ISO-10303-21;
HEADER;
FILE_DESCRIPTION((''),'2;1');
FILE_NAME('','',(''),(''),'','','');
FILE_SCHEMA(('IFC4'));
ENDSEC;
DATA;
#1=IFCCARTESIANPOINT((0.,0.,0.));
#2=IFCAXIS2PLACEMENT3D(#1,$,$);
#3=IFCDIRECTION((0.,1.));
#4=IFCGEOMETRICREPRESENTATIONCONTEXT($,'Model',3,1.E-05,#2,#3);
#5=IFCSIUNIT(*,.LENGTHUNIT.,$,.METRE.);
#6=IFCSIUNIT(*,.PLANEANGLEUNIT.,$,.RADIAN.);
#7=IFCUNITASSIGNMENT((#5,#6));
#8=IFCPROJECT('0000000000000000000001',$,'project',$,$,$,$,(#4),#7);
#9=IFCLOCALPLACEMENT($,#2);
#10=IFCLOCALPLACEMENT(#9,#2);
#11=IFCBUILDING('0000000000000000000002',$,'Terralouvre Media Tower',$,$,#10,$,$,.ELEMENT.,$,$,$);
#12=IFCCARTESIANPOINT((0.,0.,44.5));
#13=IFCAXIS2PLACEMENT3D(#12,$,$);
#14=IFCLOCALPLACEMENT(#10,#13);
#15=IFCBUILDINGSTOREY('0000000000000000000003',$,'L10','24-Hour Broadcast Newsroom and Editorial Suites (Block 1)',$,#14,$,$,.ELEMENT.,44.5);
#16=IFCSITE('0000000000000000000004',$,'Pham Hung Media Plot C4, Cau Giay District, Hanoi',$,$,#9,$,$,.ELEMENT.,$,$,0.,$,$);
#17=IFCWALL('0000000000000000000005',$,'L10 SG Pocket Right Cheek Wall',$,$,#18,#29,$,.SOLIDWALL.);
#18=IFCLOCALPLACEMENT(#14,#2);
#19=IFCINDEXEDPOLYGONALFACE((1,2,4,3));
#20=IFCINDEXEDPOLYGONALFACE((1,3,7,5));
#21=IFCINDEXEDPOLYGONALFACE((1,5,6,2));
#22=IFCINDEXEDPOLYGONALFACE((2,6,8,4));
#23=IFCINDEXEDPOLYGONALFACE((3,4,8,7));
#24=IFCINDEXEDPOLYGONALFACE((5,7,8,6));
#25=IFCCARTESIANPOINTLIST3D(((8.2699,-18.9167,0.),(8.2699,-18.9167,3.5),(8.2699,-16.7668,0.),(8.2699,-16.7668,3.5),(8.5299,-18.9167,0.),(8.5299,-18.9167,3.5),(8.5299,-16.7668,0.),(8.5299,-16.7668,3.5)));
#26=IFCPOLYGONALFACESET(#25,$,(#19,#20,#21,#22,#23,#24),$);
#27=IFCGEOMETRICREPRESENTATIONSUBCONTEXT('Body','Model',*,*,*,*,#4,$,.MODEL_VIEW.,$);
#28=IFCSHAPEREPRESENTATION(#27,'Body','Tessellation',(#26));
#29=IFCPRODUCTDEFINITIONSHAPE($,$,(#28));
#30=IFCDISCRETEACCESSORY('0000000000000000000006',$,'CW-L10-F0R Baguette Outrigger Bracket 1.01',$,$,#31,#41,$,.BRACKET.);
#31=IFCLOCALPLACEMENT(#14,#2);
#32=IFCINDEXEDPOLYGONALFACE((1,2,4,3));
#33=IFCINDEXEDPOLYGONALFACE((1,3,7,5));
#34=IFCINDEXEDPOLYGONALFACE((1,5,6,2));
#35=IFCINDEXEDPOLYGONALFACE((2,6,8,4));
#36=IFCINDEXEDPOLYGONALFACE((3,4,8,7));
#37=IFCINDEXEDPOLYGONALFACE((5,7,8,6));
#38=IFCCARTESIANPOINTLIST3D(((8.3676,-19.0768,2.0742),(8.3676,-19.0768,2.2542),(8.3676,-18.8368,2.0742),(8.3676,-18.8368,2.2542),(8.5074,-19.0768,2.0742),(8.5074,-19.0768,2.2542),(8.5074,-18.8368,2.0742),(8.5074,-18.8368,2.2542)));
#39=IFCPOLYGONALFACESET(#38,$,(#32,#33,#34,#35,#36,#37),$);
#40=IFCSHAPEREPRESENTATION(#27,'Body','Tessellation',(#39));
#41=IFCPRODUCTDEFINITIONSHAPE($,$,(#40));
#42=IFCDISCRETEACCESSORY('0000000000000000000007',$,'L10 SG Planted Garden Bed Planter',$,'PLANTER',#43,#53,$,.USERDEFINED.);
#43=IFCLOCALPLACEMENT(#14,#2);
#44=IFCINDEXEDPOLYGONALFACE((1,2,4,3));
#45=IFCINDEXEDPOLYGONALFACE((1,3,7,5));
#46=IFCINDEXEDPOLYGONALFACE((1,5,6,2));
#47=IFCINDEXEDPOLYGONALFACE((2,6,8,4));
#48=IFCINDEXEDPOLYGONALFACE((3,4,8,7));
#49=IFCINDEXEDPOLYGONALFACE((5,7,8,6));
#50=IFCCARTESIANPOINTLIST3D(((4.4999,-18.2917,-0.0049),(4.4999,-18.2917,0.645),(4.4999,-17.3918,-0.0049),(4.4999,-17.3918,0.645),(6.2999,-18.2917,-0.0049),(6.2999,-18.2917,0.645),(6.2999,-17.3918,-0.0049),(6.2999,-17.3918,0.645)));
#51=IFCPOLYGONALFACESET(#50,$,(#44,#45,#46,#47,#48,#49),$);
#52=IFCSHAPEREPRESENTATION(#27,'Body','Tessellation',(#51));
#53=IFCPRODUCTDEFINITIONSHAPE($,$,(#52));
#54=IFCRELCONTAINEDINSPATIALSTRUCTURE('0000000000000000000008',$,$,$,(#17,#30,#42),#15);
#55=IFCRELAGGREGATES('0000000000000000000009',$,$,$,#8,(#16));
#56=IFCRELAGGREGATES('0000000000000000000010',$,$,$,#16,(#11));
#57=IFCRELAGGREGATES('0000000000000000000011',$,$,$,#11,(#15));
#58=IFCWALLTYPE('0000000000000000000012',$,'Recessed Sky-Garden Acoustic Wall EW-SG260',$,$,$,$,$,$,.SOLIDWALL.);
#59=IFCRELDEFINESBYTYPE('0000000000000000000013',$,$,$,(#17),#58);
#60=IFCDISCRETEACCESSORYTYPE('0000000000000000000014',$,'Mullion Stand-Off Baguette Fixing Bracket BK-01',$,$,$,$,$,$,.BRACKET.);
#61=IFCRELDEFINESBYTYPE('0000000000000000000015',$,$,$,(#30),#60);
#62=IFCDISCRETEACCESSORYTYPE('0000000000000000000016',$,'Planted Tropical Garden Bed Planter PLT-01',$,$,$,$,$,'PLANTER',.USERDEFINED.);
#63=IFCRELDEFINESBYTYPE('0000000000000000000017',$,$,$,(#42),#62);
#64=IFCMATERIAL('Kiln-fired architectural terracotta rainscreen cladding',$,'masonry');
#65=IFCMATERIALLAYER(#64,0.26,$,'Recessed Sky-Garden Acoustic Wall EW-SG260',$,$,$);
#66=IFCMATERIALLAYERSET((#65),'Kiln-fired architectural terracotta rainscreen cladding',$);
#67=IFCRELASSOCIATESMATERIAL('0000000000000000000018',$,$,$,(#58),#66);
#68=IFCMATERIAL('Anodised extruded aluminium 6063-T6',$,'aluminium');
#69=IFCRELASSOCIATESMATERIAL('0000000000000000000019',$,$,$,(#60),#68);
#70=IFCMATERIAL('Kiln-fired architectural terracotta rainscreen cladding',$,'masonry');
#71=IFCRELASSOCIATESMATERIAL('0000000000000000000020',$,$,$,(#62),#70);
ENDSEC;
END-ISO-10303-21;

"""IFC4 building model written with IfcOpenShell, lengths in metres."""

from ifc_helpers import new_model, si_unit, direction, frame, frame_2d, origin, origin_2d, place, context, subcontext, project, spatial, rectangle, extrude, material, layer, layer_set, type_object, element, save


model = new_model("IFC4")

# Units and contexts
model_context = context("Model", 3, precision=1e-05, world=origin(), true_north=direction((0.0, 1.0)))
body_context = subcontext(model_context, "Body", "Model", "MODEL_VIEW")
ifc_project = project(units=[si_unit("LENGTHUNIT", "METRE"), si_unit("PLANEANGLEUNIT", "RADIAN")], contexts=[model_context])

# Site, building, storey
site_placement = place(None, origin())
site = spatial("IfcSite", under=ifc_project, at=site_placement, Name="Pham Hung Media Plot C4, Cau Giay District, Hanoi", CompositionType="ELEMENT", RefElevation=0.0)
building_placement = place(site_placement, origin())
building = spatial("IfcBuilding", under=site, at=building_placement, Name="Terralouvre Media Tower", CompositionType="ELEMENT")
storey_placement = place(building_placement, frame((0.0, 0.0, 44.5)))
storey = spatial("IfcBuildingStorey", under=building, at=storey_placement, Name="L10", Description="24-Hour Broadcast Newsroom and Editorial Suites (Block 1)", CompositionType="ELEMENT", Elevation=44.5)

# Wall
ifc_material_1 = material(Name="Kiln-fired architectural terracotta rainscreen cladding", Category="masonry")
ifc_layer_1 = layer(ifc_material_1, 0.26, Name="Recessed Sky-Garden Acoustic Wall EW-SG260")
ifc_layer_set_1 = layer_set([ifc_layer_1], Name="Kiln-fired architectural terracotta rainscreen cladding")
wall_type_1 = type_object("IfcWallType", Name="Recessed Sky-Garden Acoustic Wall EW-SG260", PredefinedType="SOLIDWALL", material=ifc_layer_set_1)
wall_1_placement = place(storey_placement, frame((8.3999, -16.7668, 0.0), z_axis=(0.0, 0.0, 1.0), x_axis=(0.0, -1.0, 0.0)))
element("IfcWall", 1, at=wall_1_placement, inside=storey, type_object=wall_type_1, Name="L10 SG Pocket Right Cheek Wall", PredefinedType="SOLIDWALL", context=body_context, shape_type="SweptSolid", body=[
    extrude(rectangle(XDim=2.1499, YDim=0.26, at=frame_2d((1.075, 0.0))), origin(), (0.0, 0.0, 1.0), 3.5),
])

# Discrete accessories
ifc_material_2 = material(Name="Anodised extruded aluminium 6063-T6", Category="aluminium")
discrete_accessory_type_1 = type_object("IfcDiscreteAccessoryType", Name="Mullion Stand-Off Baguette Fixing Bracket BK-01", PredefinedType="BRACKET", material=ifc_material_2)
discrete_accessory_1_placement = place(storey_placement, frame((8.4375, -18.9568, 2.0742), z_axis=(0.0, 0.0, 1.0), x_axis=(1.0, 0.0, 0.0)))
element("IfcDiscreteAccessory", 2, at=discrete_accessory_1_placement, inside=storey, type_object=discrete_accessory_type_1, Name="CW-L10-F0R Baguette Outrigger Bracket 1.01", PredefinedType="BRACKET", context=body_context, shape_type="SweptSolid", body=[
    extrude(rectangle(XDim=0.1399, YDim=0.24, at=origin_2d()), origin(), (0.0, 0.0, 1.0), 0.1799),
])
ifc_material_3 = material(Name="Kiln-fired architectural terracotta rainscreen cladding", Category="masonry")
discrete_accessory_type_2 = type_object("IfcDiscreteAccessoryType", Name="Planted Tropical Garden Bed Planter PLT-01", ElementType="PLANTER", PredefinedType="USERDEFINED", material=ifc_material_3)
discrete_accessory_2_placement = place(storey_placement, frame((5.3999, -17.8418, -0.0049), z_axis=(0.0, 0.0, 1.0), x_axis=(1.0, 0.0, 0.0)))
element("IfcDiscreteAccessory", 3, at=discrete_accessory_2_placement, inside=storey, type_object=discrete_accessory_type_2, Name="L10 SG Planted Garden Bed Planter", ObjectType="PLANTER", PredefinedType="USERDEFINED", context=body_context, shape_type="SweptSolid", body=[
    extrude(rectangle(XDim=1.8, YDim=0.8999, at=origin_2d()), origin(), (0.0, 0.0, 1.0), 0.6499),
])

save(model, "model.ifc")
